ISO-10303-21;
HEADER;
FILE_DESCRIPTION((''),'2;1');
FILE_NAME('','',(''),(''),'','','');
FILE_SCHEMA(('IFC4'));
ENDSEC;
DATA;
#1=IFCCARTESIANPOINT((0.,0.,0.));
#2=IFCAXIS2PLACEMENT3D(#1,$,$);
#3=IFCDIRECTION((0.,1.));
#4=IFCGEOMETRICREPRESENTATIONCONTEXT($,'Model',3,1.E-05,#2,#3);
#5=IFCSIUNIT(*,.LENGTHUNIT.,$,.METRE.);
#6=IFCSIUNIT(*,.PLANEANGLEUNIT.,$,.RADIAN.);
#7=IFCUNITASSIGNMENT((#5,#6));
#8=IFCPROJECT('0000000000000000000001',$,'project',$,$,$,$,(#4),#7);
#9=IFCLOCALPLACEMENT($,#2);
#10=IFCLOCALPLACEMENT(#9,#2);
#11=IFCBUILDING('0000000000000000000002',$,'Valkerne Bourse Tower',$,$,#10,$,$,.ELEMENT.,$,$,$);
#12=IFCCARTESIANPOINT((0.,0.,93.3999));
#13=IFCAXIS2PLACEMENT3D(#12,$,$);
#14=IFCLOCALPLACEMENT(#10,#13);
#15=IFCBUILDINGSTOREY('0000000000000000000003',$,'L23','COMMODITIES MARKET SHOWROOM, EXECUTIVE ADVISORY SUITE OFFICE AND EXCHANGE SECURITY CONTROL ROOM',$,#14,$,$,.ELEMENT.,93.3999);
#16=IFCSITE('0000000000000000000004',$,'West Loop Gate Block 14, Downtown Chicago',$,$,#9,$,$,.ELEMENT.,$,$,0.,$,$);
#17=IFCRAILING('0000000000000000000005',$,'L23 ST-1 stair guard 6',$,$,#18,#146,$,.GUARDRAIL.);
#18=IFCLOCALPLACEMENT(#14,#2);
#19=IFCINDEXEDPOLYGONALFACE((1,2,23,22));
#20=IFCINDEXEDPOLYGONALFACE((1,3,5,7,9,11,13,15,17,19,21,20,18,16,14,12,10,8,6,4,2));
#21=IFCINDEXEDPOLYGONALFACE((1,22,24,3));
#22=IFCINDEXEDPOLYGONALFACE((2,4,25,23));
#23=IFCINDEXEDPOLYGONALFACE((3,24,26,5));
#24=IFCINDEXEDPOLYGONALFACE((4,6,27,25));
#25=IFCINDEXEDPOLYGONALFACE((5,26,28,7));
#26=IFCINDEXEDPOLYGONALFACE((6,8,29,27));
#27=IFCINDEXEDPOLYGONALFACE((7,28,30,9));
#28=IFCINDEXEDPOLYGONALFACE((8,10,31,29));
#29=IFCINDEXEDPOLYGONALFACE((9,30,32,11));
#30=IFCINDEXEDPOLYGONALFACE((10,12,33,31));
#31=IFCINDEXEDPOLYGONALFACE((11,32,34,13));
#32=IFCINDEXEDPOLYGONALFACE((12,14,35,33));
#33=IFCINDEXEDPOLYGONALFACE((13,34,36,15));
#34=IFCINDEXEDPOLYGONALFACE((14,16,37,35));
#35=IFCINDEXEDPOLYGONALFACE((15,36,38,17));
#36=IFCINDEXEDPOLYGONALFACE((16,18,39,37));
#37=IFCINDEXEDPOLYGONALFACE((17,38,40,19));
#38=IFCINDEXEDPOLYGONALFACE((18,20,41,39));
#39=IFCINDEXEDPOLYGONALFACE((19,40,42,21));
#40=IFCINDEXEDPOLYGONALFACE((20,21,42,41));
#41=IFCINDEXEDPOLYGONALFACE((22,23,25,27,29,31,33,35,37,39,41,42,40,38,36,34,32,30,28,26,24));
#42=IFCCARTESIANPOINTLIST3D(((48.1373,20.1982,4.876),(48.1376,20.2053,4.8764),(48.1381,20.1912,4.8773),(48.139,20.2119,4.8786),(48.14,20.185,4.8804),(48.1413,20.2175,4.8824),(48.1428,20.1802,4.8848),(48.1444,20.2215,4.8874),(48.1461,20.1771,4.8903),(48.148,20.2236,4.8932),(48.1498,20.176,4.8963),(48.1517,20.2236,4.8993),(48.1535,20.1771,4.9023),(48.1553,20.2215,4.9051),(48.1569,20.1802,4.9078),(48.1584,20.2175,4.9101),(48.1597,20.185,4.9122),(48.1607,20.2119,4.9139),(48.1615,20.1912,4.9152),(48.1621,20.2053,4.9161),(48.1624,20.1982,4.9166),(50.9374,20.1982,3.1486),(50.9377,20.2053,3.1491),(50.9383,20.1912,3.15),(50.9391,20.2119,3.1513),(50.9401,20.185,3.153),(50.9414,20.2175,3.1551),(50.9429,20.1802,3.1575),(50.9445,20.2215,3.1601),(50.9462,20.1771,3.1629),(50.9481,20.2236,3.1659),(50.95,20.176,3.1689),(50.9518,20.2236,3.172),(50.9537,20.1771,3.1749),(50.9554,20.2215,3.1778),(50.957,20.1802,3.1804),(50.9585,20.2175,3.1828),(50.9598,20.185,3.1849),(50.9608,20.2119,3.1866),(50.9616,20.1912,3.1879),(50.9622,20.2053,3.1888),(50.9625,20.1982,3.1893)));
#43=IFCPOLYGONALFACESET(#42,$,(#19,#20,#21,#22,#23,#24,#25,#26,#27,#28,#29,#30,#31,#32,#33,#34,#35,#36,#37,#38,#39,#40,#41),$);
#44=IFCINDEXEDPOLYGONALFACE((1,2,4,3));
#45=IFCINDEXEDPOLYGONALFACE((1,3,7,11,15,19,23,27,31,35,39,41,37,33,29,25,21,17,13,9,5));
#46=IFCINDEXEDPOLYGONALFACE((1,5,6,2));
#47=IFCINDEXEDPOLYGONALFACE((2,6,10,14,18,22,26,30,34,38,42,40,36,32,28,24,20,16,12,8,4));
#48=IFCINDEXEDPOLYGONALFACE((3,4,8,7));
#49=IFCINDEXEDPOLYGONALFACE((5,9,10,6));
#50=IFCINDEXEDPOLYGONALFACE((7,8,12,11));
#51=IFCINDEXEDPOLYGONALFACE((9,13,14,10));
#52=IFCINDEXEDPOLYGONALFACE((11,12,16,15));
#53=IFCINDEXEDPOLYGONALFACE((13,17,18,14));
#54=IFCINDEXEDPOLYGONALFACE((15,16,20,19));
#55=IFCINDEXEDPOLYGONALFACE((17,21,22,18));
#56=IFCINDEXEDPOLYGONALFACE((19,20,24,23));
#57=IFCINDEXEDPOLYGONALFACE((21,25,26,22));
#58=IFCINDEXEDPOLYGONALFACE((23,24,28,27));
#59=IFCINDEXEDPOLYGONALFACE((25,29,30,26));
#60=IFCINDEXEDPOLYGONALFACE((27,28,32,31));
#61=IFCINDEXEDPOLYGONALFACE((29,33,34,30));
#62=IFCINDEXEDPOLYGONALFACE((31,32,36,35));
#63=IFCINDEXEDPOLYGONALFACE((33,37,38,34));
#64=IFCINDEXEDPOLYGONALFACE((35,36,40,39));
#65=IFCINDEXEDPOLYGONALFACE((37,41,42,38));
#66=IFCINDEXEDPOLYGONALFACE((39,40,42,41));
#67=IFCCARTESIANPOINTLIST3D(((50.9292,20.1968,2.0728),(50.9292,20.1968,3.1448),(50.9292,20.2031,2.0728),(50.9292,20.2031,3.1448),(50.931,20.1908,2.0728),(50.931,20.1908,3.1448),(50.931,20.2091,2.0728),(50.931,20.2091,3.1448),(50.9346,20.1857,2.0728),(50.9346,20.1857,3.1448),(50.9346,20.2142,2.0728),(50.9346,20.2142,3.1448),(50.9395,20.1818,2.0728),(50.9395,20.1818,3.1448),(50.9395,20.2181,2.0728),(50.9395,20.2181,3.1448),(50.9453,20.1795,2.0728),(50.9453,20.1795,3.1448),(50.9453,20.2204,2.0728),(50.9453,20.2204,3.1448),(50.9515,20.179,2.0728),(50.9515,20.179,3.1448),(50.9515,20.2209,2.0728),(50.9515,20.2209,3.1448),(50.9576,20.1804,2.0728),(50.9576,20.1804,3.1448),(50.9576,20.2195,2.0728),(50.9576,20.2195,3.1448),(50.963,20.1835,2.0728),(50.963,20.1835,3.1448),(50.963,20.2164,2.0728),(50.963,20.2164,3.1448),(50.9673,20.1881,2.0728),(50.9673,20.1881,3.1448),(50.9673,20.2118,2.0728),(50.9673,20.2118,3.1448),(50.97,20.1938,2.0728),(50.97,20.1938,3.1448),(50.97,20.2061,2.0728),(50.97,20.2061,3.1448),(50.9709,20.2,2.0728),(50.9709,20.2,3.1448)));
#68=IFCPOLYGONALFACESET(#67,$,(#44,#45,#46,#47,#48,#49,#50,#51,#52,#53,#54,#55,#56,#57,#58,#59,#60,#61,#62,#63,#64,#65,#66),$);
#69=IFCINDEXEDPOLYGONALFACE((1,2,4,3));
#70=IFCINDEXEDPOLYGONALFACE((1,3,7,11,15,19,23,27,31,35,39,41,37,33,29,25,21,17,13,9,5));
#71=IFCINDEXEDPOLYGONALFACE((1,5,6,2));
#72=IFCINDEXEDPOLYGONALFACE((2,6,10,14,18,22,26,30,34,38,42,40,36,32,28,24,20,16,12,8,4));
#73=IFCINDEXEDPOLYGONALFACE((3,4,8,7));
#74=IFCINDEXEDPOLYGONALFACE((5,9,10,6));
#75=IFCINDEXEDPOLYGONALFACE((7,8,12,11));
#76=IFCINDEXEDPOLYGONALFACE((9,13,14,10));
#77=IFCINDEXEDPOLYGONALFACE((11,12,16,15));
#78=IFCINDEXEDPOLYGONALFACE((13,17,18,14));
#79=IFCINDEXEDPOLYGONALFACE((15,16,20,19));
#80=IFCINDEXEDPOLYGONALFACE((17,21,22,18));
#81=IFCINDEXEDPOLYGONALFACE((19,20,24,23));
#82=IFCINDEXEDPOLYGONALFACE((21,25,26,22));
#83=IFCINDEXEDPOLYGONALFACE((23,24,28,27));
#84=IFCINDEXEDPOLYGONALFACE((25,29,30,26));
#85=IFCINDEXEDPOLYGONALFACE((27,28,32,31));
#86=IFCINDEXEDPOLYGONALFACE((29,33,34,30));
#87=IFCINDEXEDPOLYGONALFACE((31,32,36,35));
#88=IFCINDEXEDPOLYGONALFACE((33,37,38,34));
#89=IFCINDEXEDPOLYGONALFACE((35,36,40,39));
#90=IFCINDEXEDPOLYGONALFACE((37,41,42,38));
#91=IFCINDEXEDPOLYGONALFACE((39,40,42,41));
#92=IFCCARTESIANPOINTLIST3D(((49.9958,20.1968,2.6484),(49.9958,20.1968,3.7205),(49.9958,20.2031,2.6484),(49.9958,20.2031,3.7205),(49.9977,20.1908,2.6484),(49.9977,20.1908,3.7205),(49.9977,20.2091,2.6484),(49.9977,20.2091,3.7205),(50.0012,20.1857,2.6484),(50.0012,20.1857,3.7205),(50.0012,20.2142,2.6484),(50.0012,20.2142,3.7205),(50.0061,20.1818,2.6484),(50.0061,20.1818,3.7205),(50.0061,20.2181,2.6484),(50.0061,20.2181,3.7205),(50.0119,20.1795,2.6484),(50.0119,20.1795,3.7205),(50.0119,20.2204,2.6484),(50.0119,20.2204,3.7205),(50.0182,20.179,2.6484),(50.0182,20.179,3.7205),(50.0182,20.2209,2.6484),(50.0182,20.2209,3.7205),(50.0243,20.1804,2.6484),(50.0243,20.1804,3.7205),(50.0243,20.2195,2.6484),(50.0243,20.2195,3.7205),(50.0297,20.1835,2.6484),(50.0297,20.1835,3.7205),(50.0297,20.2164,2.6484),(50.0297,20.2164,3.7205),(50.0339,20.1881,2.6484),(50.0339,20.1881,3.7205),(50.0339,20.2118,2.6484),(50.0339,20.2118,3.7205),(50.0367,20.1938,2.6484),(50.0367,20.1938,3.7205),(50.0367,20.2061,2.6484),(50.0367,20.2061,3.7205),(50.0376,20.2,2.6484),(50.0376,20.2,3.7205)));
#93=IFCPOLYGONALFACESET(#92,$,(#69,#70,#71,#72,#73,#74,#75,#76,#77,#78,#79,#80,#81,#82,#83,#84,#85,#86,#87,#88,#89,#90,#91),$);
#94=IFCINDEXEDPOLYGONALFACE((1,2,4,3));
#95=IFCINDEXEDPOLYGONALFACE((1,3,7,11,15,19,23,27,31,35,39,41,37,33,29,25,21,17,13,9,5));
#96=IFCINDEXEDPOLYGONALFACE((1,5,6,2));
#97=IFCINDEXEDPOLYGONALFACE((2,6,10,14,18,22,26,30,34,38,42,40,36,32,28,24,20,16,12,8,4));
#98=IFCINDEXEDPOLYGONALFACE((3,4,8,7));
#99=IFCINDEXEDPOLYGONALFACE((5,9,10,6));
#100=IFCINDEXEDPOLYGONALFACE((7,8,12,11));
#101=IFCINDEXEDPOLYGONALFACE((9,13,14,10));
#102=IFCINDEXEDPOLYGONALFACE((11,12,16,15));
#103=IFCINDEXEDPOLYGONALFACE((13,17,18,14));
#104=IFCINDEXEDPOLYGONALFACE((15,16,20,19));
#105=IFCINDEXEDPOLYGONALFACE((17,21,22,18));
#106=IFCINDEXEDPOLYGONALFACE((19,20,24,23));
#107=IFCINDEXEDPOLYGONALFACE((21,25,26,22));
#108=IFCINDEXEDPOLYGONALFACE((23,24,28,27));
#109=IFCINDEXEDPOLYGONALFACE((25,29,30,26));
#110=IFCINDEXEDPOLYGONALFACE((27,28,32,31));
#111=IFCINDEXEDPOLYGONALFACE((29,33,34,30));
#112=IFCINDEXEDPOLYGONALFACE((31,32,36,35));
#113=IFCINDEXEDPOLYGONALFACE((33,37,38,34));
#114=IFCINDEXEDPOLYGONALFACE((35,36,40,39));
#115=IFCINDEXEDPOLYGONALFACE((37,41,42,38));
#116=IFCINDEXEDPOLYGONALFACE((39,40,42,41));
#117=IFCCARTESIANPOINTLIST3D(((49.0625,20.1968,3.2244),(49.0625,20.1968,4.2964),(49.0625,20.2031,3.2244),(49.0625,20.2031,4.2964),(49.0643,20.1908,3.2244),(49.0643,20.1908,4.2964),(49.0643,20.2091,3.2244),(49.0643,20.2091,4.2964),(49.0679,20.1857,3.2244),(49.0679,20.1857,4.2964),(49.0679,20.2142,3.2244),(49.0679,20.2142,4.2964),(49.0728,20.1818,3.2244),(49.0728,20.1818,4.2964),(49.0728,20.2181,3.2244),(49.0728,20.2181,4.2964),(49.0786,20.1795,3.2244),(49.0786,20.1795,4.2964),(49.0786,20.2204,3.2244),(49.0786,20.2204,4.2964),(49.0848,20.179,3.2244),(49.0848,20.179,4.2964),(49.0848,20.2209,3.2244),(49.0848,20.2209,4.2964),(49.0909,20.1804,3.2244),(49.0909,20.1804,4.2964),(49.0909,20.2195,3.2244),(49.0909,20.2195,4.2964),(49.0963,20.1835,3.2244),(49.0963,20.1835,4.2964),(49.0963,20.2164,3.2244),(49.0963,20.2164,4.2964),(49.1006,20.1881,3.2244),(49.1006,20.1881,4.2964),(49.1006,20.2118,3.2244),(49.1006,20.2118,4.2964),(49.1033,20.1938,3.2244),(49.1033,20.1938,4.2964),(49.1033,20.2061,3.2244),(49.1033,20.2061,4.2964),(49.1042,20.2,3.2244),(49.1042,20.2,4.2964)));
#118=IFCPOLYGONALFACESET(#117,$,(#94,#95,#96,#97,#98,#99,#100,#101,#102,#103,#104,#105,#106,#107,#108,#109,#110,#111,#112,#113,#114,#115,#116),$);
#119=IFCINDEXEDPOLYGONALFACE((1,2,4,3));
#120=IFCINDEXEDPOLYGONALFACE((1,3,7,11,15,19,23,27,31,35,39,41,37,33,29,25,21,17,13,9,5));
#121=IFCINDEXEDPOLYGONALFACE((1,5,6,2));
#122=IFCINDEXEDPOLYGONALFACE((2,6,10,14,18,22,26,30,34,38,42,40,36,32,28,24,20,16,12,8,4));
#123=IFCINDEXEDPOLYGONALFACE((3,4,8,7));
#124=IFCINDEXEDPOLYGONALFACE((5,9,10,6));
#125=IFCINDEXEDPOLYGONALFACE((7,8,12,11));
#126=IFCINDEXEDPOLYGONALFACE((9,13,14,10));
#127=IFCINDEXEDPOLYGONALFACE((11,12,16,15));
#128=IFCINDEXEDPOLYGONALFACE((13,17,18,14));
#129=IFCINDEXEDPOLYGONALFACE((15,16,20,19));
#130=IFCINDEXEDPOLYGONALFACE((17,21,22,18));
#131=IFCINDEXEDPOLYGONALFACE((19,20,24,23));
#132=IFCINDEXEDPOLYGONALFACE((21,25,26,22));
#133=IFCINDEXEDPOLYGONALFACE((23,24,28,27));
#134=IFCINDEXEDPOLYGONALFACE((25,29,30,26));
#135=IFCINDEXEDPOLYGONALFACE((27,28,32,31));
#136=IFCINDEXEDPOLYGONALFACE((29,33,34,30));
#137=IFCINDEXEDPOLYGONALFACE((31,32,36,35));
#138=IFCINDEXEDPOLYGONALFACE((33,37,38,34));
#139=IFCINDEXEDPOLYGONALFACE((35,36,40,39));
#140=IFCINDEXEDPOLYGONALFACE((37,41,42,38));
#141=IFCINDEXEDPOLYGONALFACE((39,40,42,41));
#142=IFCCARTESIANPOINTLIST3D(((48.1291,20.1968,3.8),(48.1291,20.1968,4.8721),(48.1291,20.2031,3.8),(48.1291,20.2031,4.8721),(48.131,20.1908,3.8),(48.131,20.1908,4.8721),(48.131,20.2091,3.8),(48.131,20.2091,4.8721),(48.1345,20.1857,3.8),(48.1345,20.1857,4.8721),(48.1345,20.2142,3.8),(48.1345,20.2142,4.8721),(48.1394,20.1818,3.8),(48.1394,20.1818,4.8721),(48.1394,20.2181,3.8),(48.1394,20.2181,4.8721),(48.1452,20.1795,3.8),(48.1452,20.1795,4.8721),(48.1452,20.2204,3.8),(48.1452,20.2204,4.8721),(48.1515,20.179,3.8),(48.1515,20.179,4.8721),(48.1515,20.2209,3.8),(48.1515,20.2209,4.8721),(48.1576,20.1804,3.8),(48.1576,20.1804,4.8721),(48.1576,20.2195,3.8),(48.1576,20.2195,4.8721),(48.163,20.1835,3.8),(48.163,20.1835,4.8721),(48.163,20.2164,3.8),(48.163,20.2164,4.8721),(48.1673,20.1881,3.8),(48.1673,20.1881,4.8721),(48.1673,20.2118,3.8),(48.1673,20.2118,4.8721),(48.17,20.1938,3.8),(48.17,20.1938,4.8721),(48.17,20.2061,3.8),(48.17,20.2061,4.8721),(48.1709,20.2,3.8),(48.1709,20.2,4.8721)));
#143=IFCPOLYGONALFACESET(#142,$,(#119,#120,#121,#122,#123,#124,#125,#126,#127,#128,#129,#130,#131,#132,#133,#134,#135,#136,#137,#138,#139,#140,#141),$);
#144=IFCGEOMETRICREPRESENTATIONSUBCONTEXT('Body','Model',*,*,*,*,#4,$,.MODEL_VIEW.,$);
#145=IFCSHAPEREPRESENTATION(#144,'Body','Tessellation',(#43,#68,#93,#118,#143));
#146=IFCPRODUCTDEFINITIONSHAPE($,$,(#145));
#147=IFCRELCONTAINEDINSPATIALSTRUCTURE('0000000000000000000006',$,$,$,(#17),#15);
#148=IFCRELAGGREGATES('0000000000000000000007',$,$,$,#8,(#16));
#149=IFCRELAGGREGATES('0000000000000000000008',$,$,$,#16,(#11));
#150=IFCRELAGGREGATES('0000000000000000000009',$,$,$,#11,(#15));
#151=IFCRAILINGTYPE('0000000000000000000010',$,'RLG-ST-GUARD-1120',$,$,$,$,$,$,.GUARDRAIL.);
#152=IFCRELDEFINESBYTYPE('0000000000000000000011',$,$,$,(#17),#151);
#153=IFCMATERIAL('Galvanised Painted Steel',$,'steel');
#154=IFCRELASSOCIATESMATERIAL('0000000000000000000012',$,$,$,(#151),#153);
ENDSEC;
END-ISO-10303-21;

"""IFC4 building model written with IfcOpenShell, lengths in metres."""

from ifc_helpers import new_model, si_unit, direction, frame, origin, origin_2d, place, context, subcontext, project, spatial, circle, extrude, material, type_object, element, save


model = new_model("IFC4")

# Units and contexts
model_context = context("Model", 3, precision=1e-05, world=origin(), true_north=direction((0.0, 1.0)))
body_context = subcontext(model_context, "Body", "Model", "MODEL_VIEW")
ifc_project = project(units=[si_unit("LENGTHUNIT", "METRE"), si_unit("PLANEANGLEUNIT", "RADIAN")], contexts=[model_context])

# Site, building, storey
site_placement = place(None, origin())
site = spatial("IfcSite", under=ifc_project, at=site_placement, Name="West Loop Gate Block 14, Downtown Chicago", CompositionType="ELEMENT", RefElevation=0.0)
building_placement = place(site_placement, origin())
building = spatial("IfcBuilding", under=site, at=building_placement, Name="Valkerne Bourse Tower", CompositionType="ELEMENT")
storey_placement = place(building_placement, frame((0.0, 0.0, 93.3999)))
storey = spatial("IfcBuildingStorey", under=building, at=storey_placement, Name="L23", Description="COMMODITIES MARKET SHOWROOM, EXECUTIVE ADVISORY SUITE OFFICE AND EXCHANGE SECURITY CONTROL ROOM", CompositionType="ELEMENT", Elevation=93.3999)

# Shared definitions
ifc_material_1 = material(Name="Galvanised Painted Steel", Category="steel")

# Railing
railing_type_1 = type_object("IfcRailingType", Name="RLG-ST-GUARD-1120", PredefinedType="GUARDRAIL", material=ifc_material_1)
railing_1_placement = place(storey_placement, frame((50.95, 20.2, 2.0728)))
element("IfcRailing", 1, at=railing_1_placement, inside=storey, type_object=railing_type_1, Name="L23 ST-1 stair guard 6", PredefinedType="GUARDRAIL", context=body_context, shape_type="SweptSolid", body=[
    extrude(circle(Radius=0.0239, at=origin_2d()), frame((0.0, 0.0, 1.0962), z_axis=(-0.85109, 0.0, 0.52502), x_axis=(0.0, -1.0, 0.0)), (0.0, 0.0, 1.0), 3.29),
    extrude(circle(Radius=0.021, at=origin_2d()), origin(), (0.0, 0.0, 1.0), 1.072),
    extrude(circle(Radius=0.021, at=origin_2d()), frame((-0.9333, 0.0, 0.5757)), (0.0, 0.0, 1.0), 1.072),
    extrude(circle(Radius=0.021, at=origin_2d()), frame((-1.8667, 0.0, 1.1516)), (0.0, 0.0, 1.0), 1.072),
    extrude(circle(Radius=0.021, at=origin_2d()), frame((-2.8, 0.0, 1.7273)), (0.0, 0.0, 1.0), 1.072),
])

save(model, "model.ifc")
